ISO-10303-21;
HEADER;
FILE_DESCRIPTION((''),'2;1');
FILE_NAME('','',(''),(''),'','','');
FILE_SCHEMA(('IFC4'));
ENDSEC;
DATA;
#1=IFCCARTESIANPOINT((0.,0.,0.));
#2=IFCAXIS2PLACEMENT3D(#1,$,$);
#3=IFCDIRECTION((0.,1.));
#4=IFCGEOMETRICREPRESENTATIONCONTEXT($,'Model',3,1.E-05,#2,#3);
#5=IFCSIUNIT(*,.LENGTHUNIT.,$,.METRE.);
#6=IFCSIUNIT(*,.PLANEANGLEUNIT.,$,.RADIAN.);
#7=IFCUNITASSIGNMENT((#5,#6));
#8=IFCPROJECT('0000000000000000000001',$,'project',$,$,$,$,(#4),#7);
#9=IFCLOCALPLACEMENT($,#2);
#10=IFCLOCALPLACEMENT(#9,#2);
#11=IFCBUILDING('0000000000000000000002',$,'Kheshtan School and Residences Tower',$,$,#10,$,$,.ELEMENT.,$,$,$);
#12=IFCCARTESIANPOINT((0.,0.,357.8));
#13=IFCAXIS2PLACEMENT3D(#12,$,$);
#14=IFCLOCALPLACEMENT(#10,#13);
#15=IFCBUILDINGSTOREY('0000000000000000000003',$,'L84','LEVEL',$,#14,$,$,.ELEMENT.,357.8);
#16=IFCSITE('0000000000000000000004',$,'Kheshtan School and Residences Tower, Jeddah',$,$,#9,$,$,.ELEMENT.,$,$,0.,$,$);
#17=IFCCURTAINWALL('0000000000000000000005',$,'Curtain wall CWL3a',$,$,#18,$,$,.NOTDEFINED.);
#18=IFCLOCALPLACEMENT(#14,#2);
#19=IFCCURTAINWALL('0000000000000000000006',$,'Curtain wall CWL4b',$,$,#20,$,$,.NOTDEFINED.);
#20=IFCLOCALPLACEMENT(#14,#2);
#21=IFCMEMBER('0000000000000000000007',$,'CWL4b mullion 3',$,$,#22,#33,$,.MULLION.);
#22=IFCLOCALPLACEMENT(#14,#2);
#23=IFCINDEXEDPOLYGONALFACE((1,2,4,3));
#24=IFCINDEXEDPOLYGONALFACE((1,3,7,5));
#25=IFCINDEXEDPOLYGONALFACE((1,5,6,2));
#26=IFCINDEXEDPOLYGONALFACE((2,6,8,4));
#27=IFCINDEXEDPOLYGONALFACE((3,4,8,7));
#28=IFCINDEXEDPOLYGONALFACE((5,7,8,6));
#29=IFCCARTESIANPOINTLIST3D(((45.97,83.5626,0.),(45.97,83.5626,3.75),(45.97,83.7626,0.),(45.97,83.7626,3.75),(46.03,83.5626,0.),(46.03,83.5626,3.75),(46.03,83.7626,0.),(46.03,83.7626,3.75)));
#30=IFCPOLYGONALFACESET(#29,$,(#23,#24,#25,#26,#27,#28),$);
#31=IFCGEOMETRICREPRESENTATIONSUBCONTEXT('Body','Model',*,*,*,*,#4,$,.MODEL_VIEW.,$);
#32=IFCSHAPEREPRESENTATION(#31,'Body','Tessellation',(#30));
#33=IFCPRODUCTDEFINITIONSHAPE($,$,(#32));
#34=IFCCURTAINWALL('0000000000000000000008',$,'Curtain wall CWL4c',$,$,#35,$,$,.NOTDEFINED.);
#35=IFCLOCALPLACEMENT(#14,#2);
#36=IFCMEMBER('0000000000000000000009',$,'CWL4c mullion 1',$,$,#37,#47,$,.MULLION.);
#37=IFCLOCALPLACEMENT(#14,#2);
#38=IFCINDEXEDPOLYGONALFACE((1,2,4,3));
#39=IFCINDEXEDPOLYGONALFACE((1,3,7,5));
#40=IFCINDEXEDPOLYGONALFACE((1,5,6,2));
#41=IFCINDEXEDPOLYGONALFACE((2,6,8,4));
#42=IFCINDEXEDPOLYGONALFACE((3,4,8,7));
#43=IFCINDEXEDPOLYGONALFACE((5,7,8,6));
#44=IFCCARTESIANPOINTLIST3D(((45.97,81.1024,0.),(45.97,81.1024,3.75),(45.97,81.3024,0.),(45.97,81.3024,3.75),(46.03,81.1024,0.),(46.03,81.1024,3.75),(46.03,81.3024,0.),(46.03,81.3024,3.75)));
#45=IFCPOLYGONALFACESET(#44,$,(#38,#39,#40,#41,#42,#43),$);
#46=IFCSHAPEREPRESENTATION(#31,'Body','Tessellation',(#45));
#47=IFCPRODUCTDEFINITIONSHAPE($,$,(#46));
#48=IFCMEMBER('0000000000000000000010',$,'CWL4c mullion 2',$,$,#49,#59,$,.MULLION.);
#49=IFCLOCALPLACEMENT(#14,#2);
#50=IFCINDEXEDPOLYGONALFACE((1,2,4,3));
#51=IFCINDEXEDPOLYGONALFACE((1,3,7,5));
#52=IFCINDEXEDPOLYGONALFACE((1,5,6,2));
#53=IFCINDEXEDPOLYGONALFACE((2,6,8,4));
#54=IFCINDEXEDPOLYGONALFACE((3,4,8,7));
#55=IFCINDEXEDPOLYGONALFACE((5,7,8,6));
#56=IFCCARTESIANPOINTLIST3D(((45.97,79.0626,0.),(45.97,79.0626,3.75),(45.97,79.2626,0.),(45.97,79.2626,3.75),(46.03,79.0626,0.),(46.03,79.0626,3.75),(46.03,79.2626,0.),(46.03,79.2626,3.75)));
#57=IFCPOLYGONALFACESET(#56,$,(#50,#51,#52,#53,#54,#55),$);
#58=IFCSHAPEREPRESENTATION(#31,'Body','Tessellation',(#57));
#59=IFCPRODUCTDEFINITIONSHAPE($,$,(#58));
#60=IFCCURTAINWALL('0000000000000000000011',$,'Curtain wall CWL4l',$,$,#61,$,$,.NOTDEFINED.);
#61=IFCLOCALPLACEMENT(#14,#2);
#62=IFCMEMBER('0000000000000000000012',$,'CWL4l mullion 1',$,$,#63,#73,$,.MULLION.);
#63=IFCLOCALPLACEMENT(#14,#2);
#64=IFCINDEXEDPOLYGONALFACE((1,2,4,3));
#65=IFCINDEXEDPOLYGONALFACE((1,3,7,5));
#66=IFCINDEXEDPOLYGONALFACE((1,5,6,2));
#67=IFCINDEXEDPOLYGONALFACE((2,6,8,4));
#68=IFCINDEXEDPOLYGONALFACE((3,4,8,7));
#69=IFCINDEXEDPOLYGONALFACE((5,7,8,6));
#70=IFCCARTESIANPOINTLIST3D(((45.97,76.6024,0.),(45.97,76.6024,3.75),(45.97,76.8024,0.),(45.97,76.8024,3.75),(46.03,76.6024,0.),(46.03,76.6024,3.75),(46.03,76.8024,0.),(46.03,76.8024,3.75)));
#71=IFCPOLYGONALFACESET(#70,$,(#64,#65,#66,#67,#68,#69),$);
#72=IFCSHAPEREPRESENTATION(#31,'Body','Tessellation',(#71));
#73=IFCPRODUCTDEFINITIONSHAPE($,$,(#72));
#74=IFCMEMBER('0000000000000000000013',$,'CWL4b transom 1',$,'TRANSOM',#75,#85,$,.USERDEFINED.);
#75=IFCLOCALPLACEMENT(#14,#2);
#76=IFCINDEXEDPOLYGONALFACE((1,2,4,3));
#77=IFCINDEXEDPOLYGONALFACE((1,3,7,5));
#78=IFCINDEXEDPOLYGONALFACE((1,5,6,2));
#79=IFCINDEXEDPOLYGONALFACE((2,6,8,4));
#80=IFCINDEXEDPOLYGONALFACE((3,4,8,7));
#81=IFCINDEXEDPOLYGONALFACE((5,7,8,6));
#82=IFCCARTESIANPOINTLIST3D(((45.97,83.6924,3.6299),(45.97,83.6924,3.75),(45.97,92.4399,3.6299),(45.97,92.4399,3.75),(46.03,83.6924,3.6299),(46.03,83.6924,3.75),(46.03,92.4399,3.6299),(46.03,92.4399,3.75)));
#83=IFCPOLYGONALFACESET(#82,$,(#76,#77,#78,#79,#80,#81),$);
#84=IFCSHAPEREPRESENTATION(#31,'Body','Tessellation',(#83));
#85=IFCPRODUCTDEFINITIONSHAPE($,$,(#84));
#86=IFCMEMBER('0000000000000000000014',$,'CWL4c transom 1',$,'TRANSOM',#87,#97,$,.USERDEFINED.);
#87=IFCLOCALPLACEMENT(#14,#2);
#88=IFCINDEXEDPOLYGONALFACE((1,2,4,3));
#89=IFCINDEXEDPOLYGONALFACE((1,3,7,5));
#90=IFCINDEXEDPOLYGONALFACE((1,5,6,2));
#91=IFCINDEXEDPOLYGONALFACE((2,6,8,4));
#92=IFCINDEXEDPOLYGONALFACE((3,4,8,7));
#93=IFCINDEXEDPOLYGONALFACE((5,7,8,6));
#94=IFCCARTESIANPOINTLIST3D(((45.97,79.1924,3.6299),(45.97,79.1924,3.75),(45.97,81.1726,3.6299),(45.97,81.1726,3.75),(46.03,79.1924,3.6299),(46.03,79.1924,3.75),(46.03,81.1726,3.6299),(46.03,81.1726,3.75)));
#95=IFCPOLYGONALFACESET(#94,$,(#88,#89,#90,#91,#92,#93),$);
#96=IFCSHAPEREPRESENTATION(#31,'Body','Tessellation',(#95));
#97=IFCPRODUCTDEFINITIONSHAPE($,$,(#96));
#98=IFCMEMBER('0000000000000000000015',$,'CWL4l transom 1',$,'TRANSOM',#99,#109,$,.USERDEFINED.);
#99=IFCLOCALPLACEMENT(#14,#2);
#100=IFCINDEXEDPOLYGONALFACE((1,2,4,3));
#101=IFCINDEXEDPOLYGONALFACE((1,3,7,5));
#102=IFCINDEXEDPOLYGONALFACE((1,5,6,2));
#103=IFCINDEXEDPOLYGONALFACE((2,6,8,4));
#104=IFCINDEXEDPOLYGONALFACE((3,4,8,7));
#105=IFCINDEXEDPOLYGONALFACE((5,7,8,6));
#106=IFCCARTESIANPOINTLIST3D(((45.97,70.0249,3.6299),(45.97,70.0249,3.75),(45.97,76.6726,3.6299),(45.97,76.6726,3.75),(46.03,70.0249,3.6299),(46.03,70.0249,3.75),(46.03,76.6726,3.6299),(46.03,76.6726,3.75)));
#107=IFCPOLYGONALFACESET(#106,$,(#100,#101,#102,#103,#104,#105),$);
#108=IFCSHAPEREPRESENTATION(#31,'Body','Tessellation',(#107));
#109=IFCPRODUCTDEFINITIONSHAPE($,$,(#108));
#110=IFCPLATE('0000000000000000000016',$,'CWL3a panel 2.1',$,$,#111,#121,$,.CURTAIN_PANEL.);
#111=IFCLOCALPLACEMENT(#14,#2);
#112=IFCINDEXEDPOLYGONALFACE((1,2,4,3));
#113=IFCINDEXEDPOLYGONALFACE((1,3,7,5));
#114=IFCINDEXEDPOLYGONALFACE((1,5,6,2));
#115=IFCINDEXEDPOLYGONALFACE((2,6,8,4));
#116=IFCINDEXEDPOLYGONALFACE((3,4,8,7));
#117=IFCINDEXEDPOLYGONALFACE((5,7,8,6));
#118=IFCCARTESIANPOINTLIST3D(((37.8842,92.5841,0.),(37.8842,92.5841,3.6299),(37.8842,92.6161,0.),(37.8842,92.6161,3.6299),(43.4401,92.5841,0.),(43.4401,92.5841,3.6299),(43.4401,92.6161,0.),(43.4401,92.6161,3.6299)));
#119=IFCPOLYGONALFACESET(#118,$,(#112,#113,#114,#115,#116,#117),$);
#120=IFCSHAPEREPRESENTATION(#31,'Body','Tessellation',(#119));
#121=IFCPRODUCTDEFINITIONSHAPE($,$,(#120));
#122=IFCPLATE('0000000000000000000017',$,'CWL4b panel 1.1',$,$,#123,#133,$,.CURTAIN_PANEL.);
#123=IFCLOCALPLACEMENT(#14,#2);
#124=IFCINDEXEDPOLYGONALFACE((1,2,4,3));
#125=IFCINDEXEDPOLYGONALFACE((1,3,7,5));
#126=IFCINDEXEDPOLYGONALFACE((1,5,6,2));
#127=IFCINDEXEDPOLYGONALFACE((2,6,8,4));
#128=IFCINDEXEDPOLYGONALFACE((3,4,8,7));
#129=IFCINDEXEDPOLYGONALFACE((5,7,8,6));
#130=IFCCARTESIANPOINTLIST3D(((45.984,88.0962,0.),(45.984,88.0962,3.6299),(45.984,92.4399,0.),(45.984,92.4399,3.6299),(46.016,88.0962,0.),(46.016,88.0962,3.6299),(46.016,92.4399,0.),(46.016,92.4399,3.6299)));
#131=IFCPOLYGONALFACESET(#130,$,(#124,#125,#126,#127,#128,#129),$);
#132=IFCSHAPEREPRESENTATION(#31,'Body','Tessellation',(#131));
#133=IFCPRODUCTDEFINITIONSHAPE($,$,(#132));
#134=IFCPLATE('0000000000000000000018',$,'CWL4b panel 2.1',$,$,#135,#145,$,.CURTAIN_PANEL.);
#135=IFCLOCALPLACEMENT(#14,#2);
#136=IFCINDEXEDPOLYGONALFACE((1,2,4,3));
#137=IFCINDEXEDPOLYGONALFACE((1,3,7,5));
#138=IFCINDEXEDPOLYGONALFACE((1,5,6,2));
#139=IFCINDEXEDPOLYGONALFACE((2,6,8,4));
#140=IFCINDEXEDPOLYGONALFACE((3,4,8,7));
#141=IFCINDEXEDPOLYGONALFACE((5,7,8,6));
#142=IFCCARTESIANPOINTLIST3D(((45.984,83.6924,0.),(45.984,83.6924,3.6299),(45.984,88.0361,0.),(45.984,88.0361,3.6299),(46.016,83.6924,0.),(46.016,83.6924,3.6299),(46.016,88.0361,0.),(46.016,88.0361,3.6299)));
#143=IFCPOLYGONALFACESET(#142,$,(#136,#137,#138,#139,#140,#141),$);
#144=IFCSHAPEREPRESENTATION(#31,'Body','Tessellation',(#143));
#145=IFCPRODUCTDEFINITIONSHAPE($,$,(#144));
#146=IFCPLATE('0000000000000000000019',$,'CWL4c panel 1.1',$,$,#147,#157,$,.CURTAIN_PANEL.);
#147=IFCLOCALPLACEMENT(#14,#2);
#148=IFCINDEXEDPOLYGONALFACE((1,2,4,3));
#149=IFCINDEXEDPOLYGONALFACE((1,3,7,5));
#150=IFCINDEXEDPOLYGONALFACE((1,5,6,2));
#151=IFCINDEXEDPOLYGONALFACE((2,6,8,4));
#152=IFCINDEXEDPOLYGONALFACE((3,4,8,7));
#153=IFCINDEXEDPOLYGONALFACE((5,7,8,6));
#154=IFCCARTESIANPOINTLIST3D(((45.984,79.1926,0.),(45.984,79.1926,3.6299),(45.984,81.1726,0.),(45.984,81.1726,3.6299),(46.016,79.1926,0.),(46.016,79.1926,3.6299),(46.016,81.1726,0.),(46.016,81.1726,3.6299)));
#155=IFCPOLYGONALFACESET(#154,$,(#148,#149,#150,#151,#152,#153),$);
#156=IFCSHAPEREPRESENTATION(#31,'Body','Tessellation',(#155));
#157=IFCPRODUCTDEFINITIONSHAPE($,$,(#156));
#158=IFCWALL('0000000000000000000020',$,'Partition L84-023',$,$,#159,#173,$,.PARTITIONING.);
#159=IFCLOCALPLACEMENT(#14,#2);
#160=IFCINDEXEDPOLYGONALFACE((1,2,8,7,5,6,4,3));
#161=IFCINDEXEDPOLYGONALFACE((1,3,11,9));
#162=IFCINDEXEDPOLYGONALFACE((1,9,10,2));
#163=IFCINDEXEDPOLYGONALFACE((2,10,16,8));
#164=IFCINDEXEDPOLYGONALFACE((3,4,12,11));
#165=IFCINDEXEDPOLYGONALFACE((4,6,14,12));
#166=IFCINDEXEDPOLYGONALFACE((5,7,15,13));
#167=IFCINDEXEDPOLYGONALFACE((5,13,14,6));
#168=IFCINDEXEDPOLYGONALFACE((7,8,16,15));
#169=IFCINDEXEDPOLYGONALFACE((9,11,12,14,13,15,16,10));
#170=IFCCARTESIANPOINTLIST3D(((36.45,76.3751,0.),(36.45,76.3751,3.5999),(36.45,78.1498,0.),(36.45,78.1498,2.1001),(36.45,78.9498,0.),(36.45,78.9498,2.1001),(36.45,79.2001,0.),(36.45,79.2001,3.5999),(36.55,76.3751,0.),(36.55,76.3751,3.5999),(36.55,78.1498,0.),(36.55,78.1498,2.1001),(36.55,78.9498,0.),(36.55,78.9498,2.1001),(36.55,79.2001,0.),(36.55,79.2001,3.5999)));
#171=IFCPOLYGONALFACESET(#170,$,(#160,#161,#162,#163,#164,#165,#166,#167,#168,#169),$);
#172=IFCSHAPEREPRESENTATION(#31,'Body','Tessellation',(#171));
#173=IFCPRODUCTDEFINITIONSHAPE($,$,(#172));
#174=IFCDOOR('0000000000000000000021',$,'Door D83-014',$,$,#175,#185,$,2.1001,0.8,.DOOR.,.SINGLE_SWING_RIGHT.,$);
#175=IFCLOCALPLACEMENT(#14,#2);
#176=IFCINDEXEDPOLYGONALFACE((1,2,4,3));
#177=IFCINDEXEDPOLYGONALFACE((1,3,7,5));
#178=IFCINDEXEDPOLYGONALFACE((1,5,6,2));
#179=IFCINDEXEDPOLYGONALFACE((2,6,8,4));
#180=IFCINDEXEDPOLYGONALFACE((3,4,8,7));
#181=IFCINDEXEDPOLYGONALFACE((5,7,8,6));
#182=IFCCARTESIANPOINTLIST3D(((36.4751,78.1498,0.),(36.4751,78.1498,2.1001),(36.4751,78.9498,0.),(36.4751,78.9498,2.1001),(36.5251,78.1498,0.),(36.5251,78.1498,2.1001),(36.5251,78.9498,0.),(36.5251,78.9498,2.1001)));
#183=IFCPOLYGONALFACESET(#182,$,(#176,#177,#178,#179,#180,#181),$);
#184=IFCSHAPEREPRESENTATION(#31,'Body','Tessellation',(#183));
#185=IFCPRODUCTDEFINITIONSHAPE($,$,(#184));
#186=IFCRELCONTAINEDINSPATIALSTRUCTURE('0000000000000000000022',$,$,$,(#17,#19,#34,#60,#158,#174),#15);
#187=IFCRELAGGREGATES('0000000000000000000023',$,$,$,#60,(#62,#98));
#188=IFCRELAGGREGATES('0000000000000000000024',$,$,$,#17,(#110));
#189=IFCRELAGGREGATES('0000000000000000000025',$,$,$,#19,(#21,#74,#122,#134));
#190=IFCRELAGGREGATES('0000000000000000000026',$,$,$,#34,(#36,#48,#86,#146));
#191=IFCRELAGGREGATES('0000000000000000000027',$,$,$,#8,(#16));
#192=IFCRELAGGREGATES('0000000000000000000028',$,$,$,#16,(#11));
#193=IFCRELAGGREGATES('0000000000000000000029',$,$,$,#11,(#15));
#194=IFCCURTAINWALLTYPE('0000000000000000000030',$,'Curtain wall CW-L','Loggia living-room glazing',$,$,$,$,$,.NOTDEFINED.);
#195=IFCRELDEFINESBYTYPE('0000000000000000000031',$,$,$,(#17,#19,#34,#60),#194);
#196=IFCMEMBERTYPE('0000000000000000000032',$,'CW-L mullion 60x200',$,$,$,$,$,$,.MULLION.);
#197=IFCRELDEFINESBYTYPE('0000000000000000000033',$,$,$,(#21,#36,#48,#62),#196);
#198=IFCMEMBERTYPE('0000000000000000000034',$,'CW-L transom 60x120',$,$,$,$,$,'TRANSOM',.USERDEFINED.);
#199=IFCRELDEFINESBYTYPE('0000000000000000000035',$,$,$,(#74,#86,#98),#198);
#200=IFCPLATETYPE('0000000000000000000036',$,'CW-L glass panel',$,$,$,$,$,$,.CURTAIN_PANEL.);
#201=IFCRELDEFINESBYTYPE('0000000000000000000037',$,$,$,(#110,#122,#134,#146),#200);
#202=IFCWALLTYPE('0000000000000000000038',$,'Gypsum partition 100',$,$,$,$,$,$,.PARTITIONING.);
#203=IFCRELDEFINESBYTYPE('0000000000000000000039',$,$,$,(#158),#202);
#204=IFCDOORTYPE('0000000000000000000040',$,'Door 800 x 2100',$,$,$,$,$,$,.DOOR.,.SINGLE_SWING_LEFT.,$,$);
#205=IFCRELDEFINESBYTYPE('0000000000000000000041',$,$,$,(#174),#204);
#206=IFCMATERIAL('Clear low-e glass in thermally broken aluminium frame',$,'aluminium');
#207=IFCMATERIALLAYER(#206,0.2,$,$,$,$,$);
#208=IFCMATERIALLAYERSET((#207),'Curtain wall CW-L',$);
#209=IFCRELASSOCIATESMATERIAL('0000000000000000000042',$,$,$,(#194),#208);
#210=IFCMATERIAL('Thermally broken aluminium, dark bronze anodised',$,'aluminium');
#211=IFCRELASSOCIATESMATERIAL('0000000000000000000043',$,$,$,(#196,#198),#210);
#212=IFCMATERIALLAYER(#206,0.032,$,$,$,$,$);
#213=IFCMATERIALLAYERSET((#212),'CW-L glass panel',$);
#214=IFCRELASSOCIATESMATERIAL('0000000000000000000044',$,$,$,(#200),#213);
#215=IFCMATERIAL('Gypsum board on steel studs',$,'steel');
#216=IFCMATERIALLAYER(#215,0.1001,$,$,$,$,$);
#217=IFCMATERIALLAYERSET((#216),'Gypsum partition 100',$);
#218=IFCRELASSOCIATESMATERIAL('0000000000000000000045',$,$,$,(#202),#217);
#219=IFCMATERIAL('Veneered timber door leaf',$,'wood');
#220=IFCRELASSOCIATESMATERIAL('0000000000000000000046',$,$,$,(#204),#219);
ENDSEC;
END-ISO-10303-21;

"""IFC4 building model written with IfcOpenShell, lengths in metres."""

from ifc_helpers import new_model, si_unit, direction, frame, frame_2d, origin, origin_2d, place, context, subcontext, project, spatial, rectangle, extrude, source, transform, mapped, material, layer, layer_set, material_profile, profile_set, type_object, element, fill, aggregate, save


model = new_model("IFC4")

# Units and contexts
model_context = context("Model", 3, precision=1e-05, world=origin(), true_north=direction((0.0, 1.0)))
body_context = subcontext(model_context, "Body", "Model", "MODEL_VIEW")
ifc_project = project(units=[si_unit("LENGTHUNIT", "METRE"), si_unit("PLANEANGLEUNIT", "RADIAN")], contexts=[model_context])

# Site, building, storey
site_placement = place(None, origin())
site = spatial("IfcSite", under=ifc_project, at=site_placement, Name="Kheshtan School and Residences Tower, Jeddah", CompositionType="ELEMENT", RefElevation=0.0)
building_placement = place(site_placement, origin())
building = spatial("IfcBuilding", under=site, at=building_placement, Name="Kheshtan School and Residences Tower", CompositionType="ELEMENT")
storey_placement = place(building_placement, frame((0.0, 0.0, 357.8)))
storey = spatial("IfcBuildingStorey", under=building, at=storey_placement, Name="L84", Description="LEVEL", CompositionType="ELEMENT", Elevation=357.8)

# Curtain walls, members
ifc_material_1 = material(Name="Clear low-e glass in thermally broken aluminium frame", Category="aluminium")
ifc_layer_1 = layer(ifc_material_1, 0.2)
ifc_layer_set_1 = layer_set([ifc_layer_1], Name="Curtain wall CW-L")
curtain_wall_type = type_object("IfcCurtainWallType", Name="Curtain wall CW-L", Description="Loggia living-room glazing", PredefinedType="NOTDEFINED", material=ifc_layer_set_1)
curtain_wall_1_placement = place(storey_placement, origin())
curtain_wall_1 = element("IfcCurtainWall", 1, at=curtain_wall_1_placement, inside=storey, type_object=curtain_wall_type, Name="Curtain wall CWL3a", PredefinedType="NOTDEFINED")
ifc_material_2 = material(Name="Thermally broken aluminium, dark bronze anodised", Category="aluminium")
ifc_material_profile_1 = material_profile(ifc_material_2, rectangle(XDim=0.0601, YDim=0.2, at=origin_2d()), Name="CW-L mullion 60x200")
ifc_profile_set_1 = profile_set([ifc_material_profile_1], Name="Thermally broken aluminium, dark bronze anodised")
member_type_1 = type_object("IfcMemberType", Name="CW-L mullion 60x200", PredefinedType="MULLION", material=ifc_profile_set_1)
curtain_wall_2_placement = place(storey_placement, origin())
curtain_wall_2 = element("IfcCurtainWall", 2, at=curtain_wall_2_placement, inside=storey, type_object=curtain_wall_type, Name="Curtain wall CWL4b", PredefinedType="NOTDEFINED")
member_1_placement = place(storey_placement, frame((46.0, 83.6626, 0.0), z_axis=(0.0, 0.0, 1.0), x_axis=(1.0, 0.0, 0.0)))
member_1 = element("IfcMember", 3, at=member_1_placement, type_object=member_type_1, Name="CWL4b mullion 3", PredefinedType="MULLION", context=body_context, shape_type="SweptSolid", body=[
    extrude(rectangle(XDim=0.0601, YDim=0.2, at=origin_2d()), origin(), (0.0, 0.0, 1.0), 3.75),
])
curtain_wall_3_placement = place(storey_placement, origin())
curtain_wall_3 = element("IfcCurtainWall", 4, at=curtain_wall_3_placement, inside=storey, type_object=curtain_wall_type, Name="Curtain wall CWL4c", PredefinedType="NOTDEFINED")
member_2_placement = place(storey_placement, frame((46.0, 81.2024, 0.0), z_axis=(0.0, 0.0, 1.0), x_axis=(1.0, 0.0, 0.0)))
member_2 = element("IfcMember", 5, at=member_2_placement, type_object=member_type_1, Name="CWL4c mullion 1", PredefinedType="MULLION", context=body_context, shape_type="SweptSolid", body=[
    extrude(rectangle(XDim=0.0601, YDim=0.2, at=origin_2d()), origin(), (0.0, 0.0, 1.0), 3.75),
])
member_3_placement = place(storey_placement, frame((46.0, 79.1626, 0.0), z_axis=(0.0, 0.0, 1.0), x_axis=(1.0, 0.0, 0.0)))
member_3 = element("IfcMember", 6, at=member_3_placement, type_object=member_type_1, Name="CWL4c mullion 2", PredefinedType="MULLION", context=body_context, shape_type="SweptSolid", body=[
    extrude(rectangle(XDim=0.0601, YDim=0.2, at=origin_2d()), origin(), (0.0, 0.0, 1.0), 3.75),
])

# Curtain wall, member
curtain_wall_4_placement = place(storey_placement, origin())
curtain_wall_4 = element("IfcCurtainWall", 7, at=curtain_wall_4_placement, inside=storey, type_object=curtain_wall_type, Name="Curtain wall CWL4l", PredefinedType="NOTDEFINED")
member_4_placement = place(storey_placement, frame((46.0, 76.7024, 0.0), z_axis=(0.0, 0.0, 1.0), x_axis=(1.0, 0.0, 0.0)))
member_4 = element("IfcMember", 8, at=member_4_placement, type_object=member_type_1, Name="CWL4l mullion 1", PredefinedType="MULLION", context=body_context, shape_type="SweptSolid", body=[
    extrude(rectangle(XDim=0.0601, YDim=0.2, at=origin_2d()), origin(), (0.0, 0.0, 1.0), 3.75),
])

# Members
ifc_material_profile_2 = material_profile(ifc_material_2, rectangle(XDim=0.0601, YDim=0.1201, at=origin_2d()), Name="CW-L transom 60x120")
ifc_profile_set_2 = profile_set([ifc_material_profile_2], Name="Thermally broken aluminium, dark bronze anodised")
member_type_2 = type_object("IfcMemberType", Name="CW-L transom 60x120", ElementType="TRANSOM", PredefinedType="USERDEFINED", material=ifc_profile_set_2)
member_5_placement = place(storey_placement, frame((46.0, 92.4399, 3.6899), z_axis=(0.0, -1.0, 0.0), x_axis=(1.0, 0.0, 0.0)))
member_5 = element("IfcMember", 9, at=member_5_placement, type_object=member_type_2, Name="CWL4b transom 1", ObjectType="TRANSOM", PredefinedType="USERDEFINED", context=body_context, shape_type="SweptSolid", body=[
    extrude(rectangle(XDim=0.0601, YDim=0.1201, at=origin_2d()), origin(), (0.0, 0.0, 1.0), 8.7476),
])
member_6_placement = place(storey_placement, frame((46.0, 81.1726, 3.6899), z_axis=(0.0, -1.0, 0.0), x_axis=(1.0, 0.0, 0.0)))
member_6 = element("IfcMember", 10, at=member_6_placement, type_object=member_type_2, Name="CWL4c transom 1", ObjectType="TRANSOM", PredefinedType="USERDEFINED", context=body_context, shape_type="SweptSolid", body=[
    extrude(rectangle(XDim=0.0601, YDim=0.1201, at=origin_2d()), origin(), (0.0, 0.0, 1.0), 1.9802),
])
member_7_placement = place(storey_placement, frame((46.0, 76.6726, 3.6899), z_axis=(0.0, -1.0, 0.0), x_axis=(1.0, 0.0, 0.0)))
member_7 = element("IfcMember", 11, at=member_7_placement, type_object=member_type_2, Name="CWL4l transom 1", ObjectType="TRANSOM", PredefinedType="USERDEFINED", context=body_context, shape_type="SweptSolid", body=[
    extrude(rectangle(XDim=0.0601, YDim=0.1201, at=origin_2d()), origin(), (0.0, 0.0, 1.0), 6.6477),
])
aggregate(curtain_wall_4, [member_4, member_7])

# Plates
ifc_layer_2 = layer(ifc_material_1, 0.032)
ifc_layer_set_2 = layer_set([ifc_layer_2], Name="CW-L glass panel")
plate_type = type_object("IfcPlateType", Name="CW-L glass panel", PredefinedType="CURTAIN_PANEL", material=ifc_layer_set_2)
plate_1_placement = place(storey_placement, frame((40.6621, 92.6001, 0.0), z_axis=(0.0, 0.0, 1.0), x_axis=(1.0, 0.0, 0.0)))
plate_1 = element("IfcPlate", 12, at=plate_1_placement, type_object=plate_type, Name="CWL3a panel 2.1", PredefinedType="CURTAIN_PANEL", context=body_context, shape_type="SweptSolid", body=[
    extrude(rectangle(XDim=5.5559, YDim=0.032, at=origin_2d()), origin(), (0.0, 0.0, 1.0), 3.6299),
])
aggregate(curtain_wall_1, [plate_1])
plate_2_placement = place(storey_placement, frame((46.0, 90.2681, 0.0), z_axis=(0.0, 0.0, 1.0), x_axis=(0.0, -1.0, 0.0)))
plate_2 = element("IfcPlate", 13, at=plate_2_placement, type_object=plate_type, Name="CWL4b panel 1.1", PredefinedType="CURTAIN_PANEL", context=body_context, shape_type="SweptSolid", body=[
    extrude(rectangle(XDim=4.3438, YDim=0.032, at=origin_2d()), origin(), (0.0, 0.0, 1.0), 3.6299),
])
plate_3_placement = place(storey_placement, frame((46.0, 85.8643, 0.0), z_axis=(0.0, 0.0, 1.0), x_axis=(0.0, -1.0, 0.0)))
plate_3 = element("IfcPlate", 14, at=plate_3_placement, type_object=plate_type, Name="CWL4b panel 2.1", PredefinedType="CURTAIN_PANEL", context=body_context, shape_type="SweptSolid", body=[
    extrude(rectangle(XDim=4.3438, YDim=0.032, at=origin_2d()), origin(), (0.0, 0.0, 1.0), 3.6299),
])
aggregate(curtain_wall_2, [member_1, member_5, plate_2, plate_3])
plate_4_placement = place(storey_placement, frame((46.0, 80.1826, 0.0), z_axis=(0.0, 0.0, 1.0), x_axis=(0.0, -1.0, 0.0)))
plate_4 = element("IfcPlate", 15, at=plate_4_placement, type_object=plate_type, Name="CWL4c panel 1.1", PredefinedType="CURTAIN_PANEL", context=body_context, shape_type="SweptSolid", body=[
    extrude(rectangle(XDim=1.98, YDim=0.032, at=origin_2d()), origin(), (0.0, 0.0, 1.0), 3.6299),
])
aggregate(curtain_wall_3, [member_2, member_3, member_6, plate_4])

# Wall, opening, door
ifc_material_3 = material(Name="Gypsum board on steel studs", Category="steel")
ifc_layer_3 = layer(ifc_material_3, 0.1001)
ifc_layer_set_3 = layer_set([ifc_layer_3], Name="Gypsum partition 100")
wall_type_1 = type_object("IfcWallType", Name="Gypsum partition 100", PredefinedType="PARTITIONING", material=ifc_layer_set_3)
wall_1_placement = place(storey_placement, frame((36.5, 76.375, 0.0), z_axis=(0.0, 0.0, 1.0), x_axis=(0.0, 1.0, 0.0)))
wall_1 = element("IfcWall", 16, at=wall_1_placement, inside=storey, type_object=wall_type_1, Name="Partition L84-023", PredefinedType="PARTITIONING", context=body_context, shape_type="SweptSolid", body=[
    extrude(rectangle(XDim=2.825, YDim=0.1001, at=frame_2d((1.4126, 0.0))), origin(), (0.0, 0.0, 1.0), 3.5999),
])
opening_1_placement = place(wall_1_placement, frame((1.7749, 0.0, 0.0)))
opening_1 = element("IfcOpeningElement", 17, at=opening_1_placement, cuts=wall_1, PredefinedType="OPENING", context=body_context, shape_type="SweptSolid", body=[
    extrude(rectangle(XDim=0.8, YDim=2.1001, at=frame_2d((0.3999, 1.05))), frame((0.0, 0.0601, 0.0), z_axis=(0.0, -1.0, 0.0), x_axis=(1.0, 0.0, 0.0)), (0.0, 0.0, 1.0), 0.1201),
])
ifc_material_4 = material(Name="Veneered timber door leaf", Category="wood")
door_type_1 = type_object("IfcDoorType", Name="Door 800 x 2100", OperationType="SINGLE_SWING_LEFT", PredefinedType="DOOR", material=ifc_material_4)
shared_shape_1 = source(origin(), body_context, "Body", "SweptSolid", [
    extrude(rectangle(XDim=0.8, YDim=2.1001, at=frame_2d((0.3999, 1.05))), frame((0.0, 0.0249, 0.0), z_axis=(0.0, -1.0, 0.0), x_axis=(1.0, 0.0, 0.0)), (0.0, 0.0, 1.0), 0.05),
])
door_1_placement = place(opening_1_placement, origin())
door_1 = element("IfcDoor", 18, at=door_1_placement, inside=storey, type_object=door_type_1, Name="Door D83-014", OperationType="SINGLE_SWING_RIGHT", OverallHeight=2.1001, OverallWidth=0.8, PredefinedType="DOOR", context=body_context, shape_type="MappedRepresentation", body=[
    mapped(shared_shape_1, transform((0.0, 0.0, 0.0), x_axis=(1.0, 0.0, 0.0), y_axis=(0.0, 1.0, 0.0), z_axis=(0.0, 0.0, 1.0), scale=1.0)),
])
fill(opening_1, door_1)

save(model, "model.ifc")
